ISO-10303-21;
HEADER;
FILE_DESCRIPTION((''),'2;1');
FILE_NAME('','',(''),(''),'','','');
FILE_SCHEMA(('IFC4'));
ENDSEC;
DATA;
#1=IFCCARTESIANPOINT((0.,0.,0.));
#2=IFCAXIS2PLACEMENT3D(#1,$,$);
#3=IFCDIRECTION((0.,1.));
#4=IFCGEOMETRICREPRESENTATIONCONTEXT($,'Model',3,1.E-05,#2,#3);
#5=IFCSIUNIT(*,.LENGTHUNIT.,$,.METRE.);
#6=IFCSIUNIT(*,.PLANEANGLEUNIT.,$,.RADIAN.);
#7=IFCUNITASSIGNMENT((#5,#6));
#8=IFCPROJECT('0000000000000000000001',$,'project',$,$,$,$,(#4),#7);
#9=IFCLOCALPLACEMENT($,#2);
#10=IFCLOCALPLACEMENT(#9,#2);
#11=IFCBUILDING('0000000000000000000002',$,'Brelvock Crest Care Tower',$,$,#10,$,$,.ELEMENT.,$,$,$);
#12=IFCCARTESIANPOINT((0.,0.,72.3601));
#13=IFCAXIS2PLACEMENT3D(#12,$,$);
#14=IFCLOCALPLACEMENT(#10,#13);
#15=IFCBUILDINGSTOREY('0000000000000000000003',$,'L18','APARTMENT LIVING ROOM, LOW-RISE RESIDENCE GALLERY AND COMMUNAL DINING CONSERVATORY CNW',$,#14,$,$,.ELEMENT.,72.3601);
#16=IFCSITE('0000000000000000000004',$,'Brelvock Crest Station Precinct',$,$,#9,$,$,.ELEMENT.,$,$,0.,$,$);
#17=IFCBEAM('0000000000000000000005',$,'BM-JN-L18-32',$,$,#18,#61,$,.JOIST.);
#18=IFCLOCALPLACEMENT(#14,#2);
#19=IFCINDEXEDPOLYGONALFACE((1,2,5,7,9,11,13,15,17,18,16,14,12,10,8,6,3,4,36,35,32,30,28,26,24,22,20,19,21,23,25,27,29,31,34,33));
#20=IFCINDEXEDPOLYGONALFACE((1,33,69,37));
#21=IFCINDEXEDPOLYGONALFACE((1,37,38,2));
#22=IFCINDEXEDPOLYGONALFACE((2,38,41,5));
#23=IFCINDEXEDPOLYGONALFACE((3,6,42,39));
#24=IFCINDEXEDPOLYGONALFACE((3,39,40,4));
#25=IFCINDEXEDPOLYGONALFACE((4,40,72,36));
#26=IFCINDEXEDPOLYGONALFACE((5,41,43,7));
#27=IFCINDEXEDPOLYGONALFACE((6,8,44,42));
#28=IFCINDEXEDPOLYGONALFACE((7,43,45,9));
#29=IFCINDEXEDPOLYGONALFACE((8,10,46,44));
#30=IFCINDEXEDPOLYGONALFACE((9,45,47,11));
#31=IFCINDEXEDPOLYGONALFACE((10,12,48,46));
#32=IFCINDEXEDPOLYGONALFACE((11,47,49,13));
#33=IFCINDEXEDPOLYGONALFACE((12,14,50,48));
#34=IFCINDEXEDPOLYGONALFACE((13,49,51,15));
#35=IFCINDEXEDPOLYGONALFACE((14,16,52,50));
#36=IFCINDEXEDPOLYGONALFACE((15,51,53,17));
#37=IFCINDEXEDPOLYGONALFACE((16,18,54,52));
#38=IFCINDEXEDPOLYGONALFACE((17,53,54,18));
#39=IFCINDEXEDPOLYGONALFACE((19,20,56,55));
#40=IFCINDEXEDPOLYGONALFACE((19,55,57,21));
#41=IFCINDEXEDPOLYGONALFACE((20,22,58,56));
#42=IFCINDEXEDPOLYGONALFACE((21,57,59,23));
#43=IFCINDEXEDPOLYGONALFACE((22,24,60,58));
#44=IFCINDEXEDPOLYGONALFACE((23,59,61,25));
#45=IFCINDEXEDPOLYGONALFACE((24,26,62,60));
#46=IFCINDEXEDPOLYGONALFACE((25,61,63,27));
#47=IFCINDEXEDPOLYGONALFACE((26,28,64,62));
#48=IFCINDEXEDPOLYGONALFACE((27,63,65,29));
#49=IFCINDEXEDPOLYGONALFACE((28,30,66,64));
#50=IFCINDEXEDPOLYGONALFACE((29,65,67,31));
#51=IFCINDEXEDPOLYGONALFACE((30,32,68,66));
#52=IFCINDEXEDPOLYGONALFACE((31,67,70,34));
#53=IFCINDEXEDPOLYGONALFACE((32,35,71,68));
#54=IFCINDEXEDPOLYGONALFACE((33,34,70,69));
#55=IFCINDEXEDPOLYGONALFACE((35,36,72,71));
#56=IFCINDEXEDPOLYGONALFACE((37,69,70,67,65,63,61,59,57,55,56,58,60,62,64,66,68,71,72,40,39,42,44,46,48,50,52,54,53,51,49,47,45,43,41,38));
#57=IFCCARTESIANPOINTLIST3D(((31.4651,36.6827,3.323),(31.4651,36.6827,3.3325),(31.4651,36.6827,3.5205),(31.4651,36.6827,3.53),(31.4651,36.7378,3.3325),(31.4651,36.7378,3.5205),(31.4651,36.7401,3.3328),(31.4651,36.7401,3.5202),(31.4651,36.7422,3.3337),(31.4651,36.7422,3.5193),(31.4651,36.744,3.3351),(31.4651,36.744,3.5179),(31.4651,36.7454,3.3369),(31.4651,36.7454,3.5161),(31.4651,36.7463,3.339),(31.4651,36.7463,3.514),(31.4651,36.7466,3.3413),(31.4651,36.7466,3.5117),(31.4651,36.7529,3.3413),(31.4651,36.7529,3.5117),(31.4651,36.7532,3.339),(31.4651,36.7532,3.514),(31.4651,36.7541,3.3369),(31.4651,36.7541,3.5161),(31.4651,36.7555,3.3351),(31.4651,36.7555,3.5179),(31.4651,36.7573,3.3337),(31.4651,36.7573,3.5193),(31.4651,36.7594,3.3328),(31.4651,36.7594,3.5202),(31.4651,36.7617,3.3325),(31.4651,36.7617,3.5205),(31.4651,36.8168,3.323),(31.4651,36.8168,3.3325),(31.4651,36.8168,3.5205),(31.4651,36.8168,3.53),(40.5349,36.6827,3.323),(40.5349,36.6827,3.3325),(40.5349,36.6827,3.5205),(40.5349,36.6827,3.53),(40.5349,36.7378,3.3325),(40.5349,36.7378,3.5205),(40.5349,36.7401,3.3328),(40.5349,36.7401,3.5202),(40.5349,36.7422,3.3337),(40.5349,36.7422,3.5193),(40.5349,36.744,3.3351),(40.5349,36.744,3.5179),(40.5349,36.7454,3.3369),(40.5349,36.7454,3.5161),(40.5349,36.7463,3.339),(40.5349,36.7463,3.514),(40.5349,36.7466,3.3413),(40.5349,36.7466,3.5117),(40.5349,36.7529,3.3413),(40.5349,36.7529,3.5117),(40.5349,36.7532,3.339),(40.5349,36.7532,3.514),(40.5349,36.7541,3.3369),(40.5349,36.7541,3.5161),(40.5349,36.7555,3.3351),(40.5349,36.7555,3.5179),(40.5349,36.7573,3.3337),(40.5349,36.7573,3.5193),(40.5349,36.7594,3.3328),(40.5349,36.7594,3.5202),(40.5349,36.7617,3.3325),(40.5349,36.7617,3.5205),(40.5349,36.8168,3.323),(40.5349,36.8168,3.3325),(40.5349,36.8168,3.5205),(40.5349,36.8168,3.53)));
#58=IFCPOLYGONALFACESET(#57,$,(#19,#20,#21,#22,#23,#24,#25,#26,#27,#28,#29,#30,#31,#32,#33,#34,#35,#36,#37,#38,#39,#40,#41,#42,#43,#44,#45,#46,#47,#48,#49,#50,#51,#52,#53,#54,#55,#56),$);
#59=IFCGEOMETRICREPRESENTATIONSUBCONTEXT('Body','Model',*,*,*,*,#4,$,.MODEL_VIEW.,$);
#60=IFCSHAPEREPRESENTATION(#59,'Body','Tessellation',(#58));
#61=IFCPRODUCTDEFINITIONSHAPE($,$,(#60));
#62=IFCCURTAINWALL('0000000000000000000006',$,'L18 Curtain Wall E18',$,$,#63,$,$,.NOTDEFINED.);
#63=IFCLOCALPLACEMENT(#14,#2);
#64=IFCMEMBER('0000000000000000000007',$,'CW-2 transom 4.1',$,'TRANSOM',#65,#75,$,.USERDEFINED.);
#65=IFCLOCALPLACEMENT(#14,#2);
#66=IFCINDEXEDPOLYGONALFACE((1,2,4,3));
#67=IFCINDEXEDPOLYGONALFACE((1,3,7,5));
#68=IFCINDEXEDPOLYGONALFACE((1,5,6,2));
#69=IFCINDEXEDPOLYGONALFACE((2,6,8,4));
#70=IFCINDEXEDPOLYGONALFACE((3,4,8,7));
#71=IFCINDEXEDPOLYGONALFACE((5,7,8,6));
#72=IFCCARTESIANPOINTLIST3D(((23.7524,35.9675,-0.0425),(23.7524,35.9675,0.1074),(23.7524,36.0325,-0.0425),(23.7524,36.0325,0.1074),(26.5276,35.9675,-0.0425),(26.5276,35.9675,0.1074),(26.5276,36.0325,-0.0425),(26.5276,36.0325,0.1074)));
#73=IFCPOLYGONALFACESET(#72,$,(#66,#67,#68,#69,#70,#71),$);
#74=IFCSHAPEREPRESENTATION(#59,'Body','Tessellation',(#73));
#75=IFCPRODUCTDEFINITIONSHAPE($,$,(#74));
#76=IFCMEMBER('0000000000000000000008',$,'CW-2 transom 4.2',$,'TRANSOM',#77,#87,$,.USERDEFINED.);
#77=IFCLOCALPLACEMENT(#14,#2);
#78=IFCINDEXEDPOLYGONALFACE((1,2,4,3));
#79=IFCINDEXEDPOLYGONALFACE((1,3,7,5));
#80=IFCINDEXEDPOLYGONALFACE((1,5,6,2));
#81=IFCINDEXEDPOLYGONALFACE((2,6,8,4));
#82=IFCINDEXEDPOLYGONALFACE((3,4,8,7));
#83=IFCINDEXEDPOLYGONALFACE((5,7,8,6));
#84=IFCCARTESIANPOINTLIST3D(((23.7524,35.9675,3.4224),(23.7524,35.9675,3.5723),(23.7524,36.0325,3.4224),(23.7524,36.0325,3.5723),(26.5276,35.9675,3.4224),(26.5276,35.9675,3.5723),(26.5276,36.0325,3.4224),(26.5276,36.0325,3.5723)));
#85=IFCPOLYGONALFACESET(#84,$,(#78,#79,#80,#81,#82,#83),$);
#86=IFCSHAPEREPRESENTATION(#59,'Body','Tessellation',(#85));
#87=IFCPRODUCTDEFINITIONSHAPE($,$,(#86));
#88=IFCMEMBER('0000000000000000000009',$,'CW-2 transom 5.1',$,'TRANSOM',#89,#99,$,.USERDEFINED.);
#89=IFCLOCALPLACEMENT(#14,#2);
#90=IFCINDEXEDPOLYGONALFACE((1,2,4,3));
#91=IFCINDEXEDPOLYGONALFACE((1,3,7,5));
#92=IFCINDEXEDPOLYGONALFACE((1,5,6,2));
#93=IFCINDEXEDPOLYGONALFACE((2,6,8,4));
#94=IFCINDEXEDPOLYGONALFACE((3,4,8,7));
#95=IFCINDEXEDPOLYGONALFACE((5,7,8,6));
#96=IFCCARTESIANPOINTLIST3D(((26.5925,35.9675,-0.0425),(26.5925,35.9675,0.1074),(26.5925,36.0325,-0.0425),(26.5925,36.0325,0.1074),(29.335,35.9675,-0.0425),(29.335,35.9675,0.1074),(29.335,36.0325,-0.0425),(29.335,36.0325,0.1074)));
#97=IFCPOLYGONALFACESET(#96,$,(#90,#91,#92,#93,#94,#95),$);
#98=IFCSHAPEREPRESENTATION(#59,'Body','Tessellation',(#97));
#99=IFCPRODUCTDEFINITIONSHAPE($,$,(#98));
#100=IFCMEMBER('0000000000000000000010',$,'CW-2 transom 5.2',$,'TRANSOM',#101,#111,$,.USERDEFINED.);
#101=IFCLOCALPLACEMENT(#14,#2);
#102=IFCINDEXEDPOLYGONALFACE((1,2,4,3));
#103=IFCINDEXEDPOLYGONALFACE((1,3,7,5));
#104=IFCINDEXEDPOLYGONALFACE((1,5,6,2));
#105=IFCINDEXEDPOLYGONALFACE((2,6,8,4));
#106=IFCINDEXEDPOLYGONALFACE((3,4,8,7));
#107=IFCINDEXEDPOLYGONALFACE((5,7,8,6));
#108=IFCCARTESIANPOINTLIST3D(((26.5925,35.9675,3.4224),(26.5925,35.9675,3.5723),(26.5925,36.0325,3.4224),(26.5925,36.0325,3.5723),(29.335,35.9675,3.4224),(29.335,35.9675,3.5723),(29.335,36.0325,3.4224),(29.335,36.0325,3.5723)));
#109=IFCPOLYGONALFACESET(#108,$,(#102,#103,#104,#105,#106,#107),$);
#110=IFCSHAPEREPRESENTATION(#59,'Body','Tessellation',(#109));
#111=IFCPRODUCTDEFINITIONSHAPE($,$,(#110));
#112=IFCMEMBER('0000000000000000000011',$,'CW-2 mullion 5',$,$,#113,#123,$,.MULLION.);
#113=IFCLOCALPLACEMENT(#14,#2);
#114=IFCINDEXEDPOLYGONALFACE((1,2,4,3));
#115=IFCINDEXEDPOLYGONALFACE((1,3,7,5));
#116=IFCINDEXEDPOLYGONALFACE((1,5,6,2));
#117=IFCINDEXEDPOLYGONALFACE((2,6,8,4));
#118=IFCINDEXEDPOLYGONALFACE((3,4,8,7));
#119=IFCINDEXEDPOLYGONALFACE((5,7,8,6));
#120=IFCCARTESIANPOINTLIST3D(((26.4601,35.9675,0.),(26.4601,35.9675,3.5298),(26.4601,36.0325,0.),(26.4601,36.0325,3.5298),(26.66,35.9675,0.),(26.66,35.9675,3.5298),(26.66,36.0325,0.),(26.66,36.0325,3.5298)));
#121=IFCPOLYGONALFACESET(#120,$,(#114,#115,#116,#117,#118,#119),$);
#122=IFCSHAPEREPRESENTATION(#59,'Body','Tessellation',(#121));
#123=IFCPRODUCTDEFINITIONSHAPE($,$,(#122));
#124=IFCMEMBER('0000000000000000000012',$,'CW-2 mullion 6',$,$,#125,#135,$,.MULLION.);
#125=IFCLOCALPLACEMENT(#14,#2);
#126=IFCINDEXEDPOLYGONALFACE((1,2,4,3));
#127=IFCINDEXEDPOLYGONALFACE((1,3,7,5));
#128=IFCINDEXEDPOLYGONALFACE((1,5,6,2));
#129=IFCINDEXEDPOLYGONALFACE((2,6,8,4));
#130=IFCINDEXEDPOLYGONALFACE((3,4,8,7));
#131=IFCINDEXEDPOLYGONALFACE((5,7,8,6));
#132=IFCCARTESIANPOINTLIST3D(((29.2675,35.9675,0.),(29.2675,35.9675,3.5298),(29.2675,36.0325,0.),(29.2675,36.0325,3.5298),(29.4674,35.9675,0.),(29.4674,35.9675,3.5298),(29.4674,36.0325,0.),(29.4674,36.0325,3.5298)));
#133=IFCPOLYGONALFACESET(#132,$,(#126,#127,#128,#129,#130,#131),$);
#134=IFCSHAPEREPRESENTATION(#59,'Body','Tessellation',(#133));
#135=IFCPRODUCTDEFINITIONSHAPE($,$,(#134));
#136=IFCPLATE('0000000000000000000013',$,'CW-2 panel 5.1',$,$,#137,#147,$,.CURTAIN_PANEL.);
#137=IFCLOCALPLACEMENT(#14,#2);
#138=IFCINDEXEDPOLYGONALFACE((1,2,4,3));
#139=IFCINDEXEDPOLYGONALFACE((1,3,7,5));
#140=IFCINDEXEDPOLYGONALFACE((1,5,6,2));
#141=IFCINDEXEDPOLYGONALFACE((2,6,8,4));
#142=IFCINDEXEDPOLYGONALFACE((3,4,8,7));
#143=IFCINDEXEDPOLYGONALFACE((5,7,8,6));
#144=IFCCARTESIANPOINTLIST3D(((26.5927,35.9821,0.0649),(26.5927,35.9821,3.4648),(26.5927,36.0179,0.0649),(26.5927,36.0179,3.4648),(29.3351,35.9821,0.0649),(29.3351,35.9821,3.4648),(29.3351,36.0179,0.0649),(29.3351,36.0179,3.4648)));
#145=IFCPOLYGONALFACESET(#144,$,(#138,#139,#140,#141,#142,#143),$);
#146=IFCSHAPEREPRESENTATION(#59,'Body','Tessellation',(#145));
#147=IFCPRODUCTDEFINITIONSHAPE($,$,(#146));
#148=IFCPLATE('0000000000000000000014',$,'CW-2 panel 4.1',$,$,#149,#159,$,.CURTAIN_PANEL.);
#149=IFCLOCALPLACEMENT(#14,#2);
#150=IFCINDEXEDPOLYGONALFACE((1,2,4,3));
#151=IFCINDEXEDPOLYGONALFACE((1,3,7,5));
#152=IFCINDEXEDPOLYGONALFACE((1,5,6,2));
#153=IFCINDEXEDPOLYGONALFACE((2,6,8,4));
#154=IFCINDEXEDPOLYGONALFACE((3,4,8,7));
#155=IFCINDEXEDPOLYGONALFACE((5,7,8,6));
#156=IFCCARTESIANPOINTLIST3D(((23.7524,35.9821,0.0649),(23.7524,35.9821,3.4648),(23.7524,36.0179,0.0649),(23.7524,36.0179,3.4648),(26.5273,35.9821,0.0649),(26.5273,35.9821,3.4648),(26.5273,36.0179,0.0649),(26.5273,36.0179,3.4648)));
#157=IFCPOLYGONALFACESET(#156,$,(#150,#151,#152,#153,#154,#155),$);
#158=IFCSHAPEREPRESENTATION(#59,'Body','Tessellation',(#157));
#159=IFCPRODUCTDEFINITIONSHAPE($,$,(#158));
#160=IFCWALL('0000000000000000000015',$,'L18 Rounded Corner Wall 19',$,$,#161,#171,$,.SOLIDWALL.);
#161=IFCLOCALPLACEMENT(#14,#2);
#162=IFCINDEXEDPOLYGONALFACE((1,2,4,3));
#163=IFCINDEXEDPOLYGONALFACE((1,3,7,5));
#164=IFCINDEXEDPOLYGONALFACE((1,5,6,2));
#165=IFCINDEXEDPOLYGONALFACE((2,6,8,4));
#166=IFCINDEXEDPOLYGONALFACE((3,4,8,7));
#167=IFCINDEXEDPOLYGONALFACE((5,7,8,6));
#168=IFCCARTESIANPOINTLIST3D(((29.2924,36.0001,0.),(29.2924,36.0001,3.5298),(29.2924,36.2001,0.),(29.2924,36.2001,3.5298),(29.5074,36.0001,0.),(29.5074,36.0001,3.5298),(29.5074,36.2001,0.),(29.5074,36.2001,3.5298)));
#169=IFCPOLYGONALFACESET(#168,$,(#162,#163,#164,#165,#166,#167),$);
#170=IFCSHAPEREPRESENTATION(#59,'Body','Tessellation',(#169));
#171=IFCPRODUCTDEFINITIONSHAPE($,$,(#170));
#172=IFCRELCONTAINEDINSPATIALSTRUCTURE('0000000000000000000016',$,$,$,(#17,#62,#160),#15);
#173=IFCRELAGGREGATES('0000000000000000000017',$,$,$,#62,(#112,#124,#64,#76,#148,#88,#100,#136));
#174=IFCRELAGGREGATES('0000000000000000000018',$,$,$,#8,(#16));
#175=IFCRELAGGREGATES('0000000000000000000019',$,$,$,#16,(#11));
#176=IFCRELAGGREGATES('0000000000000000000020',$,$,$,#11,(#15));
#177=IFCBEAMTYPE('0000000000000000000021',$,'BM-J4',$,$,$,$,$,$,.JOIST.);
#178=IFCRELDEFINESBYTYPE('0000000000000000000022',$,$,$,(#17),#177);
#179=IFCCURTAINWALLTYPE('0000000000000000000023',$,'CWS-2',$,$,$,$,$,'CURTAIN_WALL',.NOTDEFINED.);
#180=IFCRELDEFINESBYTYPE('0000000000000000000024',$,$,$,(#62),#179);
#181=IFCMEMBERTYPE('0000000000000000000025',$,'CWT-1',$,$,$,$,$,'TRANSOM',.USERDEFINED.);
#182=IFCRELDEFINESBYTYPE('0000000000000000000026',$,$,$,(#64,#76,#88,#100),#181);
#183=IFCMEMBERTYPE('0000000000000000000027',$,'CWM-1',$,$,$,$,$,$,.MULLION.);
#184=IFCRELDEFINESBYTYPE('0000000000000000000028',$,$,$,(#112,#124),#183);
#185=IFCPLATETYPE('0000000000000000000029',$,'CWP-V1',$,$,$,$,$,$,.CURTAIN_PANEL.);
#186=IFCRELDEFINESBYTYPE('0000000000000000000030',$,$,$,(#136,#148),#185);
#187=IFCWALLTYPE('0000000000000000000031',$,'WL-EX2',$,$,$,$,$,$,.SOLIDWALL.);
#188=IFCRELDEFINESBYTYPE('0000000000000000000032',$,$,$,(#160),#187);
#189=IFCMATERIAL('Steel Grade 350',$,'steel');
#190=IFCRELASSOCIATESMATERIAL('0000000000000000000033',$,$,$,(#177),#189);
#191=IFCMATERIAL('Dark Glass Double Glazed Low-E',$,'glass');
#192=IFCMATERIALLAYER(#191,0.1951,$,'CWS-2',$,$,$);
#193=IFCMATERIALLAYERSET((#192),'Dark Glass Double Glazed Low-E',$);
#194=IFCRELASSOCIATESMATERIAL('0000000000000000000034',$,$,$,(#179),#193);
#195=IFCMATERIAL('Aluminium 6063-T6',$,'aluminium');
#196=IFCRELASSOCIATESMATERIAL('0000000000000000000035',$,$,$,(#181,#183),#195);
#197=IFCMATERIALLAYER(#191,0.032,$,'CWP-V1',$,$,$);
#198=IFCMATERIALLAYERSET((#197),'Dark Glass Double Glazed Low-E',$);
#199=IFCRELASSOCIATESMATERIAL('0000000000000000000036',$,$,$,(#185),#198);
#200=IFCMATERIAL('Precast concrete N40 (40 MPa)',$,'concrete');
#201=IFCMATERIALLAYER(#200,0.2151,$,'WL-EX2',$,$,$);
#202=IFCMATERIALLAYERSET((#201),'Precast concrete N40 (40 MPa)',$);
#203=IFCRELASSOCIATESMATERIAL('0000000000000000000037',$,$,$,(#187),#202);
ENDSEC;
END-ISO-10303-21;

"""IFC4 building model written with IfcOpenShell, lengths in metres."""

from ifc_helpers import new_model, si_unit, direction, frame, frame_2d, origin, origin_2d, place, context, subcontext, project, spatial, rectangle, i_section, extrude, source, transform, mapped, material, layer, layer_set, material_profile, profile_set, type_object, element, aggregate, save


model = new_model("IFC4")

# Units and contexts
model_context = context("Model", 3, precision=1e-05, world=origin(), true_north=direction((0.0, 1.0)))
body_context = subcontext(model_context, "Body", "Model", "MODEL_VIEW")
ifc_project = project(units=[si_unit("LENGTHUNIT", "METRE"), si_unit("PLANEANGLEUNIT", "RADIAN")], contexts=[model_context])

# Site, building, storey
site_placement = place(None, origin())
site = spatial("IfcSite", under=ifc_project, at=site_placement, Name="Brelvock Crest Station Precinct", CompositionType="ELEMENT", RefElevation=0.0)
building_placement = place(site_placement, origin())
building = spatial("IfcBuilding", under=site, at=building_placement, Name="Brelvock Crest Care Tower", CompositionType="ELEMENT")
storey_placement = place(building_placement, frame((0.0, 0.0, 72.3601)))
storey = spatial("IfcBuildingStorey", under=building, at=storey_placement, Name="L18", Description="APARTMENT LIVING ROOM, LOW-RISE RESIDENCE GALLERY AND COMMUNAL DINING CONSERVATORY CNW", CompositionType="ELEMENT", Elevation=72.3601)

# Shared definitions
ifc_material_1 = material(Name="Steel Grade 350", Category="steel")

# Beam
ifc_material_profile_1 = material_profile(ifc_material_1, i_section(OverallWidth=0.134, OverallDepth=0.207, WebThickness=0.0063, FlangeThickness=0.0095, FilletRadius=0.0088, at=origin_2d()), Name="200UB29.8")
ifc_profile_set_1 = profile_set([ifc_material_profile_1], Name="Steel Grade 350")
beam_type_1 = type_object("IfcBeamType", Name="BM-J4", PredefinedType="JOIST", material=ifc_profile_set_1)
shared_shape_1 = source(origin(), body_context, "Body", "SweptSolid", [
    extrude(i_section(OverallWidth=0.134, OverallDepth=0.207, WebThickness=0.0063, FlangeThickness=0.0095, FilletRadius=0.0088, at=origin_2d()), origin(), (0.0, 0.0, 1.0), 9.0698),
])
for number, where, z_axis, x_axis, name in (
    (1, (31.4651, 36.7498, 3.4265), (1.0, 0.0, 0.0), (0.0, 1.0, 0.0), "BM-JN-L18-32"),
):
    element("IfcBeam", number, at=place(storey_placement, frame(where, z_axis=z_axis, x_axis=x_axis)), inside=storey, type_object=beam_type_1, Name=name, PredefinedType="JOIST", context=body_context, shape_type="MappedRepresentation", body=[
        mapped(shared_shape_1, transform((0.0, 0.0, 0.0), x_axis=(1.0, 0.0, 0.0), y_axis=(0.0, 1.0, 0.0), z_axis=(0.0, 0.0, 1.0), scale=1.0)),
    ])

# Curtain wall, members, plates
ifc_material_2 = material(Name="Dark Glass Double Glazed Low-E", Category="glass")
ifc_layer_1 = layer(ifc_material_2, 0.1951, Name="CWS-2")
ifc_layer_set_1 = layer_set([ifc_layer_1], Name="Dark Glass Double Glazed Low-E")
curtain_wall_type = type_object("IfcCurtainWallType", Name="CWS-2", ElementType="CURTAIN_WALL", PredefinedType="NOTDEFINED", material=ifc_layer_set_1)
curtain_wall_placement = place(storey_placement, origin())
curtain_wall = element("IfcCurtainWall", 2, at=curtain_wall_placement, inside=storey, type_object=curtain_wall_type, Name="L18 Curtain Wall E18", PredefinedType="NOTDEFINED")
ifc_material_3 = material(Name="Aluminium 6063-T6", Category="aluminium")
ifc_material_profile_2 = material_profile(ifc_material_3, rectangle(XDim=0.0649, YDim=0.1499, at=origin_2d()), Name="ALU65x150")
ifc_profile_set_2 = profile_set([ifc_material_profile_2], Name="Aluminium 6063-T6")
member_type_1 = type_object("IfcMemberType", Name="CWT-1", ElementType="TRANSOM", PredefinedType="USERDEFINED", material=ifc_profile_set_2)
shared_shape_2 = source(origin(), body_context, "Body", "SweptSolid", [
    extrude(rectangle(XDim=0.0649, YDim=0.1499, at=origin_2d()), origin(), (0.0, 0.0, 1.0), 2.7751),
])
member_1_placement = place(storey_placement, frame((23.7524, 36.0, 0.0325), z_axis=(1.0, 0.0, 0.0), x_axis=(0.0, 1.0, 0.0)))
member_1 = element("IfcMember", 3, at=member_1_placement, type_object=member_type_1, Name="CW-2 transom 4.1", ObjectType="TRANSOM", PredefinedType="USERDEFINED", context=body_context, shape_type="MappedRepresentation", body=[
    mapped(shared_shape_2, transform((0.0, 0.0, 0.0), x_axis=(1.0, 0.0, 0.0), y_axis=(0.0, 1.0, 0.0), z_axis=(0.0, 0.0, 1.0), scale=1.0)),
])
member_2_placement = place(storey_placement, frame((23.7524, 36.0, 3.4973), z_axis=(1.0, 0.0, 0.0), x_axis=(0.0, 1.0, 0.0)))
member_2 = element("IfcMember", 4, at=member_2_placement, type_object=member_type_1, Name="CW-2 transom 4.2", ObjectType="TRANSOM", PredefinedType="USERDEFINED", context=body_context, shape_type="MappedRepresentation", body=[
    mapped(shared_shape_2, transform((0.0, 0.0, 0.0), x_axis=(1.0, 0.0, 0.0), y_axis=(0.0, 1.0, 0.0), z_axis=(0.0, 0.0, 1.0), scale=1.0)),
])
shared_shape_3 = source(origin(), body_context, "Body", "SweptSolid", [
    extrude(rectangle(XDim=0.0649, YDim=0.1499, at=origin_2d()), origin(), (0.0, 0.0, 1.0), 2.7424),
])
member_3_placement = place(storey_placement, frame((26.5925, 36.0, 0.0325), z_axis=(1.0, 0.0, 0.0), x_axis=(0.0, 1.0, 0.0)))
member_3 = element("IfcMember", 5, at=member_3_placement, type_object=member_type_1, Name="CW-2 transom 5.1", ObjectType="TRANSOM", PredefinedType="USERDEFINED", context=body_context, shape_type="MappedRepresentation", body=[
    mapped(shared_shape_3, transform((0.0, 0.0, 0.0), x_axis=(1.0, 0.0, 0.0), y_axis=(0.0, 1.0, 0.0), z_axis=(0.0, 0.0, 1.0), scale=1.0)),
])
member_4_placement = place(storey_placement, frame((26.5925, 36.0, 3.4973), z_axis=(1.0, 0.0, 0.0), x_axis=(0.0, 1.0, 0.0)))
member_4 = element("IfcMember", 6, at=member_4_placement, type_object=member_type_1, Name="CW-2 transom 5.2", ObjectType="TRANSOM", PredefinedType="USERDEFINED", context=body_context, shape_type="MappedRepresentation", body=[
    mapped(shared_shape_3, transform((0.0, 0.0, 0.0), x_axis=(1.0, 0.0, 0.0), y_axis=(0.0, 1.0, 0.0), z_axis=(0.0, 0.0, 1.0), scale=1.0)),
])
ifc_material_profile_3 = material_profile(ifc_material_3, rectangle(XDim=0.0649, YDim=0.2, at=origin_2d()), Name="ALU65x200")
ifc_profile_set_3 = profile_set([ifc_material_profile_3], Name="Aluminium 6063-T6")
member_type_2 = type_object("IfcMemberType", Name="CWM-1", PredefinedType="MULLION", material=ifc_profile_set_3)
shared_shape_4 = source(origin(), body_context, "Body", "SweptSolid", [
    extrude(rectangle(XDim=0.0649, YDim=0.2, at=origin_2d()), origin(), (0.0, 0.0, 1.0), 3.5298),
])
member_5_placement = place(storey_placement, frame((26.5601, 36.0, 0.0), z_axis=(0.0, 0.0, 1.0), x_axis=(0.0, 1.0, 0.0)))
member_5 = element("IfcMember", 7, at=member_5_placement, type_object=member_type_2, Name="CW-2 mullion 5", PredefinedType="MULLION", context=body_context, shape_type="MappedRepresentation", body=[
    mapped(shared_shape_4, transform((0.0, 0.0, 0.0), x_axis=(1.0, 0.0, 0.0), y_axis=(0.0, 1.0, 0.0), z_axis=(0.0, 0.0, 1.0), scale=1.0)),
])
member_6_placement = place(storey_placement, frame((29.3674, 36.0, 0.0), z_axis=(0.0, 0.0, 1.0), x_axis=(0.0, 1.0, 0.0)))
member_6 = element("IfcMember", 8, at=member_6_placement, type_object=member_type_2, Name="CW-2 mullion 6", PredefinedType="MULLION", context=body_context, shape_type="MappedRepresentation", body=[
    mapped(shared_shape_4, transform((0.0, 0.0, 0.0), x_axis=(1.0, 0.0, 0.0), y_axis=(0.0, 1.0, 0.0), z_axis=(0.0, 0.0, 1.0), scale=1.0)),
])
ifc_layer_2 = layer(ifc_material_2, 0.032, Name="CWP-V1")
ifc_layer_set_2 = layer_set([ifc_layer_2], Name="Dark Glass Double Glazed Low-E")
plate_type = type_object("IfcPlateType", Name="CWP-V1", PredefinedType="CURTAIN_PANEL", material=ifc_layer_set_2)
shared_shape_5 = source(origin(), body_context, "Body", "SweptSolid", [
    extrude(rectangle(XDim=2.7424, YDim=0.0359, at=origin_2d()), origin(), (0.0, 0.0, 1.0), 3.3999),
])
plate_1_placement = place(storey_placement, frame((27.9639, 36.0, 0.0649), z_axis=(0.0, 0.0, 1.0), x_axis=(1.0, 0.0, 0.0)))
plate_1 = element("IfcPlate", 9, at=plate_1_placement, type_object=plate_type, Name="CW-2 panel 5.1", PredefinedType="CURTAIN_PANEL", context=body_context, shape_type="MappedRepresentation", body=[
    mapped(shared_shape_5, transform((0.0, 0.0, 0.0), x_axis=(1.0, 0.0, 0.0), y_axis=(0.0, 1.0, 0.0), z_axis=(0.0, 0.0, 1.0), scale=1.0)),
])
shared_shape_6 = source(origin(), body_context, "Body", "SweptSolid", [
    extrude(rectangle(XDim=2.7749, YDim=0.0359, at=origin_2d()), origin(), (0.0, 0.0, 1.0), 3.3999),
])
plate_2_placement = place(storey_placement, frame((25.1399, 36.0, 0.0649), z_axis=(0.0, 0.0, 1.0), x_axis=(1.0, 0.0, 0.0)))
plate_2 = element("IfcPlate", 10, at=plate_2_placement, type_object=plate_type, Name="CW-2 panel 4.1", PredefinedType="CURTAIN_PANEL", context=body_context, shape_type="MappedRepresentation", body=[
    mapped(shared_shape_6, transform((0.0, 0.0, 0.0), x_axis=(1.0, 0.0, 0.0), y_axis=(0.0, 1.0, 0.0), z_axis=(0.0, 0.0, 1.0), scale=1.0)),
])
aggregate(curtain_wall, [member_5, member_6, member_1, member_2, plate_2, member_3, member_4, plate_1])

# Wall
ifc_material_4 = material(Name="Precast concrete N40 (40 MPa)", Category="concrete")
ifc_layer_3 = layer(ifc_material_4, 0.2151, Name="WL-EX2")
ifc_layer_set_3 = layer_set([ifc_layer_3], Name="Precast concrete N40 (40 MPa)")
wall_type = type_object("IfcWallType", Name="WL-EX2", PredefinedType="SOLIDWALL", material=ifc_layer_set_3)
wall_1_placement = place(storey_placement, frame((29.3999, 36.0, 0.0), z_axis=(0.0, 0.0, 1.0), x_axis=(0.0, 1.0, 0.0)))
element("IfcWall", 11, at=wall_1_placement, inside=storey, type_object=wall_type, Name="L18 Rounded Corner Wall 19", PredefinedType="SOLIDWALL", context=body_context, shape_type="SweptSolid", body=[
    extrude(rectangle(XDim=0.2, YDim=0.2151, at=frame_2d((0.1001, 0.0))), origin(), (0.0, 0.0, 1.0), 3.5298),
])

save(model, "model.ifc")
